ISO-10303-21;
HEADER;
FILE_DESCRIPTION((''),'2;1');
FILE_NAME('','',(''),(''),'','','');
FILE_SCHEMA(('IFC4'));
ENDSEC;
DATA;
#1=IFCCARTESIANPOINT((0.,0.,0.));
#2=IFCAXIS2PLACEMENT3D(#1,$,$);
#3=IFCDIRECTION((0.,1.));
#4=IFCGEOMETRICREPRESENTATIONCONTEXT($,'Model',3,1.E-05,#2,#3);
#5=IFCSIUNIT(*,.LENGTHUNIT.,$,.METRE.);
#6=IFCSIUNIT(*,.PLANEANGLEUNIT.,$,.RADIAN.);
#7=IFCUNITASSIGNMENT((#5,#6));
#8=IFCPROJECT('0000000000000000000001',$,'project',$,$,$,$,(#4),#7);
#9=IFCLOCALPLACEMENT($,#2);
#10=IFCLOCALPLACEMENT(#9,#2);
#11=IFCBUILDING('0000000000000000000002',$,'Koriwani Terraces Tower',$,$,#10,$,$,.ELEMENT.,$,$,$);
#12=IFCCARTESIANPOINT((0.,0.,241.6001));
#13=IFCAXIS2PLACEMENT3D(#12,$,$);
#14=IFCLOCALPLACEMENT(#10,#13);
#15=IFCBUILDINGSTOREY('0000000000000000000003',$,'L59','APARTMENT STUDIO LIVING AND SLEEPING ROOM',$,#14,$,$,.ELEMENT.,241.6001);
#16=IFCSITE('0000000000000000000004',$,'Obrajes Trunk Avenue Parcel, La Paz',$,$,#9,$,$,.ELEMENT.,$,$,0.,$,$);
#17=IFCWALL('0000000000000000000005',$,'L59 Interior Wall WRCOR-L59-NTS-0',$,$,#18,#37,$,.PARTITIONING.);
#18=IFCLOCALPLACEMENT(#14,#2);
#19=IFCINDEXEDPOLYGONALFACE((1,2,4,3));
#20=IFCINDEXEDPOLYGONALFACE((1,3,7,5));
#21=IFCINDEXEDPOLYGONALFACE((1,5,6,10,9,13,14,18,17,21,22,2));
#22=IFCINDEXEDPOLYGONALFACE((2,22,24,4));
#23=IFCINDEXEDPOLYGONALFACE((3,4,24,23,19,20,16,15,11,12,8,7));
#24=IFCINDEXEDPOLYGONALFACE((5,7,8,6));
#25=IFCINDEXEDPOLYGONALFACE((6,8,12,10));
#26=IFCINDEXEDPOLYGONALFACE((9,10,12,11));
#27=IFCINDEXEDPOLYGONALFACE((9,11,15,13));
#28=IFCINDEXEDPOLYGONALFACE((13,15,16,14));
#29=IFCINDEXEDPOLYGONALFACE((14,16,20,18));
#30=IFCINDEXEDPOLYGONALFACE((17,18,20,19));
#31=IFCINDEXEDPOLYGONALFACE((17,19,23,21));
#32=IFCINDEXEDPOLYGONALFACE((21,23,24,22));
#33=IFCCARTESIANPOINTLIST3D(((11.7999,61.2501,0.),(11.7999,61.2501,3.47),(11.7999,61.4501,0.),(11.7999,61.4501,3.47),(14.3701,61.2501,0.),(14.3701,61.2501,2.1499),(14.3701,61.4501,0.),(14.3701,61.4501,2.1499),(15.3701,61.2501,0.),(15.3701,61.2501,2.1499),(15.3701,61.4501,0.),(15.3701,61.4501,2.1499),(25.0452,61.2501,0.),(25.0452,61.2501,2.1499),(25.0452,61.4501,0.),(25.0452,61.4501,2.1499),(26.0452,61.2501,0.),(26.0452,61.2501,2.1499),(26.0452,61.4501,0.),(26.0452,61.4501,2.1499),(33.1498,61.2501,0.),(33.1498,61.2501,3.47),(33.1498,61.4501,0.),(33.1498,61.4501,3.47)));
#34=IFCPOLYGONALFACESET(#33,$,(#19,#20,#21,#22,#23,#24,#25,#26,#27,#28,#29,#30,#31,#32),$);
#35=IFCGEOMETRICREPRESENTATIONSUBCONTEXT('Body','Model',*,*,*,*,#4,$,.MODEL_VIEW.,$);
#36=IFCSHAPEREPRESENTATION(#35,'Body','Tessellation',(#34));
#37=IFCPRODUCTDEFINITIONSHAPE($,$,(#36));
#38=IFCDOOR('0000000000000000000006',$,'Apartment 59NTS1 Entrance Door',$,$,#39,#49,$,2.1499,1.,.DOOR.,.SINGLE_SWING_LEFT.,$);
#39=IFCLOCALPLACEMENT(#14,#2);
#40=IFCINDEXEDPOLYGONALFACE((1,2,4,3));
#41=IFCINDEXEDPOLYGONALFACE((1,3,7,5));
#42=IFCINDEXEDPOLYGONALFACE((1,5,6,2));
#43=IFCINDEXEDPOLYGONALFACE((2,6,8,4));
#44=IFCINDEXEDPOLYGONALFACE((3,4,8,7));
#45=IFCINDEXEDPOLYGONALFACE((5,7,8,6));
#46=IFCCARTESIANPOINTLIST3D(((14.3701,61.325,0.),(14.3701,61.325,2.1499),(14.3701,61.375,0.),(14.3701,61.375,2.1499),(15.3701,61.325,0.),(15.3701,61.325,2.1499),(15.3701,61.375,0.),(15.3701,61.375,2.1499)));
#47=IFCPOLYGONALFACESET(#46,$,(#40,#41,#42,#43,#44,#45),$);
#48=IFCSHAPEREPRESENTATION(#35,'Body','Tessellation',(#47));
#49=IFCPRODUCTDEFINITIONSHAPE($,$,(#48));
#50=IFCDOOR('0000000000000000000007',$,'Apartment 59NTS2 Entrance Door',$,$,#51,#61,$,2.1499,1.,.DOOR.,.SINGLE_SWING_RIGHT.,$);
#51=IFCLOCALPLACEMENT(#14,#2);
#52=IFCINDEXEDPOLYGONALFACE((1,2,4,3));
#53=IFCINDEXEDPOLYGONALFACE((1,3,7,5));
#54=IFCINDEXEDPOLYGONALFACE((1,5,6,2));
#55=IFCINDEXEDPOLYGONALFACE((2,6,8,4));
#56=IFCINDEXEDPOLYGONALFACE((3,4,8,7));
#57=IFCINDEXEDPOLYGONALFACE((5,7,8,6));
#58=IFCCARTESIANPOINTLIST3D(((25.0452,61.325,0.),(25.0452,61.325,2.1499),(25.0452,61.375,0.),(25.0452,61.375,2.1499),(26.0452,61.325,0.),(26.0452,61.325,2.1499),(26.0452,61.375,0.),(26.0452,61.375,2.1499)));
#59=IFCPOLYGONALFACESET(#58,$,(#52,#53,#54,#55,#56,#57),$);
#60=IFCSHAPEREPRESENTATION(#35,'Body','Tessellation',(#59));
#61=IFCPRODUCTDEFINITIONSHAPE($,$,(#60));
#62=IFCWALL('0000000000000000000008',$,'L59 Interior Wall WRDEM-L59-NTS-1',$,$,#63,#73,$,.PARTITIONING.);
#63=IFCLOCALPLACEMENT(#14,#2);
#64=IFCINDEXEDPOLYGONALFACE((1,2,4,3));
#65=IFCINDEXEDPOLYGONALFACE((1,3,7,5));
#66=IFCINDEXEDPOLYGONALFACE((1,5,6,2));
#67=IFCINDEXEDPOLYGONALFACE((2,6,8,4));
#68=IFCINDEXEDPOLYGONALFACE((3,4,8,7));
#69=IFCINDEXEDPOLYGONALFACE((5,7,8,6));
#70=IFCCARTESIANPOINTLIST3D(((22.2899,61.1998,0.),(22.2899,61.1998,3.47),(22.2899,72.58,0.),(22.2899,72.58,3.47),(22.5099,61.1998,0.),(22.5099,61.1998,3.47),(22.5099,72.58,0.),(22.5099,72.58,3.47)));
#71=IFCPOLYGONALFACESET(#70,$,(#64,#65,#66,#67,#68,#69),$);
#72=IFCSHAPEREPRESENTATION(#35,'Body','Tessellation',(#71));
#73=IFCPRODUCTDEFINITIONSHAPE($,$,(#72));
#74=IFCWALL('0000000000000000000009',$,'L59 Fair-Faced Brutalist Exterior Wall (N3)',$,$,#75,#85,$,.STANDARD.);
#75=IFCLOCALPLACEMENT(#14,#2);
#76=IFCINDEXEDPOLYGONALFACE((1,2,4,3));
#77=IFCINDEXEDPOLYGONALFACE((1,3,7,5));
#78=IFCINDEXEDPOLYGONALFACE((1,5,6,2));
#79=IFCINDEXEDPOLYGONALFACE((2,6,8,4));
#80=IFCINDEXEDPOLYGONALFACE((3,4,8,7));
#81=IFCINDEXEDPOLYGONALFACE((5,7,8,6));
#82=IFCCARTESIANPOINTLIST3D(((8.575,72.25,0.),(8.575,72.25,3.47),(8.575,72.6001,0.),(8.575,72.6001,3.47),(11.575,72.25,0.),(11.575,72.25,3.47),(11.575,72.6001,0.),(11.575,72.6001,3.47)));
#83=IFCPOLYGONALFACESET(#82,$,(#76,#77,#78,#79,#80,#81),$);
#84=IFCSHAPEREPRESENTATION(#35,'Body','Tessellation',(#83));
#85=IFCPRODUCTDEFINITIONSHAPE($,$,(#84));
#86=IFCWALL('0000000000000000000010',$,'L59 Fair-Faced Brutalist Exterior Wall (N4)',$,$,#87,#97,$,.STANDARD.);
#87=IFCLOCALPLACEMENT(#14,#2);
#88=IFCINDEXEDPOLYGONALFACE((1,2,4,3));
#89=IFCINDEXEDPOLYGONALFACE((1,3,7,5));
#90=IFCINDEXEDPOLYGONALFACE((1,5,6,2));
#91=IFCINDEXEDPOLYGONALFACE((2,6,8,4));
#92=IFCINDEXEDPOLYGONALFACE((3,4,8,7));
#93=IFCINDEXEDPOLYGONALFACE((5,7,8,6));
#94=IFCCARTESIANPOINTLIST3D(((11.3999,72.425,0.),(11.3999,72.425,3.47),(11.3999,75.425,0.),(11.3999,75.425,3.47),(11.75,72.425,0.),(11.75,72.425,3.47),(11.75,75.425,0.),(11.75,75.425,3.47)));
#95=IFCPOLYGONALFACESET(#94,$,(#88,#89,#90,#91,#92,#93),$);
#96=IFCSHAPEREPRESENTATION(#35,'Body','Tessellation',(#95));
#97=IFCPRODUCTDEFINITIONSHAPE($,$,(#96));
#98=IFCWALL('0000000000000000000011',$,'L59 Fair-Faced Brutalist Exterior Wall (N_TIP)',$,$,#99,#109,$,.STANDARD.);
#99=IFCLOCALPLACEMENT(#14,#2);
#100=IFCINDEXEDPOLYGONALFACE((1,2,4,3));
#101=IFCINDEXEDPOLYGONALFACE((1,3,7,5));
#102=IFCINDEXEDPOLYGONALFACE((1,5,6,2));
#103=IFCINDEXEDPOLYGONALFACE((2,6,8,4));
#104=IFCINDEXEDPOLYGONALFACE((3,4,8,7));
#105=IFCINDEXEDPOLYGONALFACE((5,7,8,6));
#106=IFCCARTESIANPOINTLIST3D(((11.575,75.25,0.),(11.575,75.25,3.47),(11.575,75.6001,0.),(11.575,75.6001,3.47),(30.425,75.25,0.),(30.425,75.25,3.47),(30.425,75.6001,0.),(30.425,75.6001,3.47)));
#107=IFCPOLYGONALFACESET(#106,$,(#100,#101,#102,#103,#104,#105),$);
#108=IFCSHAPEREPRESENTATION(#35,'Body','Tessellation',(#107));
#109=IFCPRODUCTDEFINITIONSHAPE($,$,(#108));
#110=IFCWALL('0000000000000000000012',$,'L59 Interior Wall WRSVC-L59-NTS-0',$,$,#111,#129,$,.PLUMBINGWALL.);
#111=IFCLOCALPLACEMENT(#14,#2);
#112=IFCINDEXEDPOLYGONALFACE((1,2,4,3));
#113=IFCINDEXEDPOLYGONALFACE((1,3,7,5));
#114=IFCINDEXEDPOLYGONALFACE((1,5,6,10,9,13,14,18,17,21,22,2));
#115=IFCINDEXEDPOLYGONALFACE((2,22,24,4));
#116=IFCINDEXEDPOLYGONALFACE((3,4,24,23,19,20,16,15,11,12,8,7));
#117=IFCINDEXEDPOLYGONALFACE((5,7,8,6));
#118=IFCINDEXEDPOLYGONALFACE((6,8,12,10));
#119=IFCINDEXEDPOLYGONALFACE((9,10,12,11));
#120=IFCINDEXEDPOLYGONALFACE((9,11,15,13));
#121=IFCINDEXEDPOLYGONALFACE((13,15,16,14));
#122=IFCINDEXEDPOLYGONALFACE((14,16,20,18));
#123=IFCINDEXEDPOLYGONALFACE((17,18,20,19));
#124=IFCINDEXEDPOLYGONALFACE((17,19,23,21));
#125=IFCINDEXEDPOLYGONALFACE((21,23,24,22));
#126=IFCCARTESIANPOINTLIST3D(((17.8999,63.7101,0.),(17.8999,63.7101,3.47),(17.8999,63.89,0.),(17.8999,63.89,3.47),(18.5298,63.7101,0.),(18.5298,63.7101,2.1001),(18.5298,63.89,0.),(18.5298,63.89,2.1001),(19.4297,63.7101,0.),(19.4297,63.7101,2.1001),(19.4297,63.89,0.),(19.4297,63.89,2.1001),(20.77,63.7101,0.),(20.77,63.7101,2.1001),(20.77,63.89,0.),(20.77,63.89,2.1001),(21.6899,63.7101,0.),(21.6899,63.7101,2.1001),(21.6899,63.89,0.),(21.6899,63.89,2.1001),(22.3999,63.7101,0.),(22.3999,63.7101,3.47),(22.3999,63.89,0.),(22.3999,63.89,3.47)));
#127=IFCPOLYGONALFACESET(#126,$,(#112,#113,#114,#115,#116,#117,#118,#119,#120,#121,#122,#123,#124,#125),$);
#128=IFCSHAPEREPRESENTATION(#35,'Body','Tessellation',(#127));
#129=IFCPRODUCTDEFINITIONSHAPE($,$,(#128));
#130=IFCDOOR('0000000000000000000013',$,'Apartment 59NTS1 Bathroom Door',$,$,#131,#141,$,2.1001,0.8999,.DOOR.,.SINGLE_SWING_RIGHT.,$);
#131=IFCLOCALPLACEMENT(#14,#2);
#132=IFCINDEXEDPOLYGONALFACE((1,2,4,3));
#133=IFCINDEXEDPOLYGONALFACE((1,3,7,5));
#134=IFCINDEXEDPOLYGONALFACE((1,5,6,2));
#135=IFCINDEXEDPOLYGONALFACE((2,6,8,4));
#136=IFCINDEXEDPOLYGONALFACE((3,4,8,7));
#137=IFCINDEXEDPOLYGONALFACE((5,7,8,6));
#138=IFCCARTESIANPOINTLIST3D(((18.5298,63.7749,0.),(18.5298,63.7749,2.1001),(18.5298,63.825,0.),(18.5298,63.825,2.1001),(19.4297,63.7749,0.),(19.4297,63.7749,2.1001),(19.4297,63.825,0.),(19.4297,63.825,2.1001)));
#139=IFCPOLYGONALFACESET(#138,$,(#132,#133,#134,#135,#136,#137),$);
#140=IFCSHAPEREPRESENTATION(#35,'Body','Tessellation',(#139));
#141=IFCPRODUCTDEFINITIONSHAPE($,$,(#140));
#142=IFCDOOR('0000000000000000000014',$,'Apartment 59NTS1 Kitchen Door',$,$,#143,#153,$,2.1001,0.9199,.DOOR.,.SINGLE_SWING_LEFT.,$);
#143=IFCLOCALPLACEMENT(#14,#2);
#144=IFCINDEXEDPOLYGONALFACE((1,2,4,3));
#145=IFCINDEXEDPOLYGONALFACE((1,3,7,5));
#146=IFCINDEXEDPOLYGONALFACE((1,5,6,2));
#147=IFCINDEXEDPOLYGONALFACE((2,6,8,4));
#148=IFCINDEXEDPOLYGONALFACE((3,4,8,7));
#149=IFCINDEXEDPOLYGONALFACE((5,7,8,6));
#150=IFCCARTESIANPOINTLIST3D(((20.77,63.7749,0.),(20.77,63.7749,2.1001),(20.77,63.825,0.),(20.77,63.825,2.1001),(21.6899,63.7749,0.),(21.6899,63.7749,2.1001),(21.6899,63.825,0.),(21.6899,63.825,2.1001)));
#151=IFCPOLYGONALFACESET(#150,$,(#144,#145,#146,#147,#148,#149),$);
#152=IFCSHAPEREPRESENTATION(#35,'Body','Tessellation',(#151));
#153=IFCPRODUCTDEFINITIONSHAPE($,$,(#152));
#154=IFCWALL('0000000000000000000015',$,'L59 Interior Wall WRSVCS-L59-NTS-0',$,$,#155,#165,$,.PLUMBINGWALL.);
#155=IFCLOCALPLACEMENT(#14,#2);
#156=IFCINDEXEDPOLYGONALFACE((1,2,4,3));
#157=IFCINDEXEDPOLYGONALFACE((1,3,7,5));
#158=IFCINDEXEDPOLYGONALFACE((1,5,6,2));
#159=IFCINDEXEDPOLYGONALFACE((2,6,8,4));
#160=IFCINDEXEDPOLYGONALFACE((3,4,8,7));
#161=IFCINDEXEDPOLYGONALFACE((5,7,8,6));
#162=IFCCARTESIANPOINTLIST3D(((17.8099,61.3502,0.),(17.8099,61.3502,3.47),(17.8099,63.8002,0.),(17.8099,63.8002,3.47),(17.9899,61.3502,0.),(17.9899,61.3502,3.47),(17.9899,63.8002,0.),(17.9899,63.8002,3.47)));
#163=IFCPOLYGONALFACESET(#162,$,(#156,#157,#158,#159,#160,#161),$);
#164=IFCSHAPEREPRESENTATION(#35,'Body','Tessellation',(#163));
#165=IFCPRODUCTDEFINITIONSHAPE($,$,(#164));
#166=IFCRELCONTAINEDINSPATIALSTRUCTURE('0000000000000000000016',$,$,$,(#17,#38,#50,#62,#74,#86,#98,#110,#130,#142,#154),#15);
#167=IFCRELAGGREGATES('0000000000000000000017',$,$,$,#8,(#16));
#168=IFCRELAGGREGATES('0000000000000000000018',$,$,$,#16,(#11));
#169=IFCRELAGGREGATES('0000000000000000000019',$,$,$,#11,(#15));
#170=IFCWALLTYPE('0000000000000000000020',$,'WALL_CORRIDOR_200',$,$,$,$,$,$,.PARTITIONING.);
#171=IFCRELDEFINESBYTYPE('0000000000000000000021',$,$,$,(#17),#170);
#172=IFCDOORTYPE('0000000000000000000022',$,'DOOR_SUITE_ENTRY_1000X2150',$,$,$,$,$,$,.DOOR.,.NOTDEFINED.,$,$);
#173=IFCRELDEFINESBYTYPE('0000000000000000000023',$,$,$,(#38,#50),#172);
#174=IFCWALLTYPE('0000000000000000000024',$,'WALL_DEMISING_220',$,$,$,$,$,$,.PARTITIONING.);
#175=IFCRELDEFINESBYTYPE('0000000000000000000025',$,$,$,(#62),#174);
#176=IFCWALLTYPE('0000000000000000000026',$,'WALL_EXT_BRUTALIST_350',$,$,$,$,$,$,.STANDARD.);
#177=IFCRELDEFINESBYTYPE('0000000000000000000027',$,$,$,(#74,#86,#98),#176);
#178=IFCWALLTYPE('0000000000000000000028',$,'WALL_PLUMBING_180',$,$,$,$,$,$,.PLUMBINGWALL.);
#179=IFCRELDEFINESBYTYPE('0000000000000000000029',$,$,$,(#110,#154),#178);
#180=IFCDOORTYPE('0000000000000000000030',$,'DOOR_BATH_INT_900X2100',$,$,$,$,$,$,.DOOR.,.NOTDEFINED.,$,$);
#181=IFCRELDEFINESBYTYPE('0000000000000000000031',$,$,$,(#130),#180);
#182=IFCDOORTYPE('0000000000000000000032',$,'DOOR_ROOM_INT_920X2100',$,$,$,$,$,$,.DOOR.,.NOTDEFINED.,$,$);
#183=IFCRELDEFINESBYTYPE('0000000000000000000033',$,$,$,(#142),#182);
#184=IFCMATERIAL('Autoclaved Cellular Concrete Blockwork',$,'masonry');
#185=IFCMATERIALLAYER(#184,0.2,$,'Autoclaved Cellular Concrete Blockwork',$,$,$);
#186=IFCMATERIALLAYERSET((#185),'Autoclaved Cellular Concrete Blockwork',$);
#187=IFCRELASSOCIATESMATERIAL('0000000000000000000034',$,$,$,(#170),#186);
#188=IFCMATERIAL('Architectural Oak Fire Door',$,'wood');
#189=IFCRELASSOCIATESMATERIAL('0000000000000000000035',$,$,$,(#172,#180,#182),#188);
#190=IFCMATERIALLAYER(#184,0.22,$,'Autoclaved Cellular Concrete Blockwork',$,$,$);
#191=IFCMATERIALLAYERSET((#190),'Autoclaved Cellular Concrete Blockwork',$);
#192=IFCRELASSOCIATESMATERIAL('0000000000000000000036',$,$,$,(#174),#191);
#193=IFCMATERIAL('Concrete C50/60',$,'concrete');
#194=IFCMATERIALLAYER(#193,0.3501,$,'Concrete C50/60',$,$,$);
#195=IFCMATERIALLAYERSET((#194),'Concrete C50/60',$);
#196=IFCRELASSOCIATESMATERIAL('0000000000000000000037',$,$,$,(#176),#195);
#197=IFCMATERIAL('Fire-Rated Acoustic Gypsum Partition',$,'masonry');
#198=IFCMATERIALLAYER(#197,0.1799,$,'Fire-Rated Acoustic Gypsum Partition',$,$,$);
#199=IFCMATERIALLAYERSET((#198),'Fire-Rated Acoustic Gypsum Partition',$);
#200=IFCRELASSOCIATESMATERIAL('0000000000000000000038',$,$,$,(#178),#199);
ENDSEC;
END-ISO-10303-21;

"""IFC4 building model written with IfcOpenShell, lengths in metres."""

from ifc_helpers import new_model, si_unit, direction, frame, frame_2d, origin, place, context, subcontext, project, spatial, rectangle, extrude, material, layer, layer_set, type_object, element, fill, save


model = new_model("IFC4")

# Units and contexts
model_context = context("Model", 3, precision=1e-05, world=origin(), true_north=direction((0.0, 1.0)))
body_context = subcontext(model_context, "Body", "Model", "MODEL_VIEW")
ifc_project = project(units=[si_unit("LENGTHUNIT", "METRE"), si_unit("PLANEANGLEUNIT", "RADIAN")], contexts=[model_context])

# Site, building, storey
site_placement = place(None, origin())
site = spatial("IfcSite", under=ifc_project, at=site_placement, Name="Obrajes Trunk Avenue Parcel, La Paz", CompositionType="ELEMENT", RefElevation=0.0)
building_placement = place(site_placement, origin())
building = spatial("IfcBuilding", under=site, at=building_placement, Name="Koriwani Terraces Tower", CompositionType="ELEMENT")
storey_placement = place(building_placement, frame((0.0, 0.0, 241.6001)))
storey = spatial("IfcBuildingStorey", under=building, at=storey_placement, Name="L59", Description="APARTMENT STUDIO LIVING AND SLEEPING ROOM", CompositionType="ELEMENT", Elevation=241.6001)

# Shared definitions
ifc_material_1 = material(Name="Concrete C50/60", Category="concrete")

# Wall, openings, doors
ifc_material_2 = material(Name="Autoclaved Cellular Concrete Blockwork", Category="masonry")
ifc_layer_1 = layer(ifc_material_2, 0.2, Name="Autoclaved Cellular Concrete Blockwork")
ifc_layer_set_1 = layer_set([ifc_layer_1], Name="Autoclaved Cellular Concrete Blockwork")
wall_type_1 = type_object("IfcWallType", Name="WALL_CORRIDOR_200", PredefinedType="PARTITIONING", material=ifc_layer_set_1)
wall_1_placement = place(storey_placement, frame((11.8, 61.3501, 0.0), z_axis=(0.0, 0.0, 1.0), x_axis=(1.0, 0.0, 0.0)))
wall_1 = element("IfcWall", 1, at=wall_1_placement, inside=storey, type_object=wall_type_1, Name="L59 Interior Wall WRCOR-L59-NTS-0", PredefinedType="PARTITIONING", context=body_context, shape_type="SweptSolid", body=[
    extrude(rectangle(XDim=21.3499, YDim=0.2, at=frame_2d((10.6748, 0.0))), origin(), (0.0, 0.0, 1.0), 3.47),
])
opening_1_placement = place(wall_1_placement, frame((2.5701, 0.0, 0.0)))
opening_1 = element("IfcOpeningElement", 2, at=opening_1_placement, cuts=wall_1, PredefinedType="OPENING", context=body_context, shape_type="SweptSolid", body=[
    extrude(rectangle(XDim=1.0, YDim=2.1499, at=frame_2d((0.5, 1.075))), frame((0.0, 0.1099, 0.0), z_axis=(0.0, -1.0, 0.0), x_axis=(1.0, 0.0, 0.0)), (0.0, 0.0, 1.0), 0.22),
])
opening_2_placement = place(wall_1_placement, frame((13.2451, 0.0, 0.0)))
opening_2 = element("IfcOpeningElement", 3, at=opening_2_placement, cuts=wall_1, PredefinedType="OPENING", context=body_context, shape_type="SweptSolid", body=[
    extrude(rectangle(XDim=1.0, YDim=2.1499, at=frame_2d((0.5, 1.075))), frame((0.0, 0.1099, 0.0), z_axis=(0.0, -1.0, 0.0), x_axis=(1.0, 0.0, 0.0)), (0.0, 0.0, 1.0), 0.22),
])
ifc_material_3 = material(Name="Architectural Oak Fire Door", Category="wood")
door_type_1 = type_object("IfcDoorType", Name="DOOR_SUITE_ENTRY_1000X2150", OperationType="NOTDEFINED", PredefinedType="DOOR", material=ifc_material_3)
door_1_placement = place(opening_1_placement, origin())
door_1 = element("IfcDoor", 4, at=door_1_placement, inside=storey, type_object=door_type_1, Name="Apartment 59NTS1 Entrance Door", OperationType="SINGLE_SWING_LEFT", OverallHeight=2.1499, OverallWidth=1.0, PredefinedType="DOOR", context=body_context, shape_type="SweptSolid", body=[
    extrude(rectangle(XDim=1.0, YDim=2.1499, at=frame_2d((0.5, 1.075))), frame((0.0, 0.0249, 0.0), z_axis=(0.0, -1.0, 0.0), x_axis=(1.0, 0.0, 0.0)), (0.0, 0.0, 1.0), 0.05),
])
fill(opening_1, door_1)
door_2_placement = place(opening_2_placement, origin())
door_2 = element("IfcDoor", 5, at=door_2_placement, inside=storey, type_object=door_type_1, Name="Apartment 59NTS2 Entrance Door", OperationType="SINGLE_SWING_RIGHT", OverallHeight=2.1499, OverallWidth=1.0, PredefinedType="DOOR", context=body_context, shape_type="SweptSolid", body=[
    extrude(rectangle(XDim=1.0, YDim=2.1499, at=frame_2d((0.5, 1.075))), frame((0.0, 0.0249, 0.0), z_axis=(0.0, -1.0, 0.0), x_axis=(1.0, 0.0, 0.0)), (0.0, 0.0, 1.0), 0.05),
])
fill(opening_2, door_2)

# Walls
ifc_layer_2 = layer(ifc_material_2, 0.22, Name="Autoclaved Cellular Concrete Blockwork")
ifc_layer_set_2 = layer_set([ifc_layer_2], Name="Autoclaved Cellular Concrete Blockwork")
wall_type_2 = type_object("IfcWallType", Name="WALL_DEMISING_220", PredefinedType="PARTITIONING", material=ifc_layer_set_2)
wall_2_placement = place(storey_placement, frame((22.3999, 61.2, 0.0), z_axis=(0.0, 0.0, 1.0), x_axis=(0.0, 1.0, 0.0)))
element("IfcWall", 6, at=wall_2_placement, inside=storey, type_object=wall_type_2, Name="L59 Interior Wall WRDEM-L59-NTS-1", PredefinedType="PARTITIONING", context=body_context, shape_type="SweptSolid", body=[
    extrude(rectangle(XDim=11.3801, YDim=0.22, at=frame_2d((5.6899, 0.0))), origin(), (0.0, 0.0, 1.0), 3.47),
])
ifc_layer_3 = layer(ifc_material_1, 0.3501, Name="Concrete C50/60")
ifc_layer_set_3 = layer_set([ifc_layer_3], Name="Concrete C50/60")
wall_type_3 = type_object("IfcWallType", Name="WALL_EXT_BRUTALIST_350", PredefinedType="STANDARD", material=ifc_layer_set_3)
for number, where, z_axis, x_axis, name in (
    (7, (8.575, 72.425, 0.0), (0.0, 0.0, 1.0), (1.0, 0.0, 0.0), "L59 Fair-Faced Brutalist Exterior Wall (N3)"),
    (8, (11.575, 72.425, 0.0), (0.0, 0.0, 1.0), (0.0, 1.0, 0.0), "L59 Fair-Faced Brutalist Exterior Wall (N4)"),
):
    element("IfcWall", number, at=place(storey_placement, frame(where, z_axis=z_axis, x_axis=x_axis)), inside=storey, type_object=wall_type_3, Name=name, PredefinedType="STANDARD", context=body_context, shape_type="SweptSolid", body=[
        extrude(rectangle(XDim=3.0, YDim=0.3501, at=frame_2d((1.5, 0.0))), origin(), (0.0, 0.0, 1.0), 3.47),
    ])
wall_3_placement = place(storey_placement, frame((11.575, 75.425, 0.0), z_axis=(0.0, 0.0, 1.0), x_axis=(1.0, 0.0, 0.0)))
element("IfcWall", 9, at=wall_3_placement, inside=storey, type_object=wall_type_3, Name="L59 Fair-Faced Brutalist Exterior Wall (N_TIP)", PredefinedType="STANDARD", context=body_context, shape_type="SweptSolid", body=[
    extrude(rectangle(XDim=18.8501, YDim=0.3501, at=frame_2d((9.425, 0.0))), origin(), (0.0, 0.0, 1.0), 3.47),
])

# Wall, openings, doors
ifc_material_4 = material(Name="Fire-Rated Acoustic Gypsum Partition", Category="masonry")
ifc_layer_4 = layer(ifc_material_4, 0.1799, Name="Fire-Rated Acoustic Gypsum Partition")
ifc_layer_set_4 = layer_set([ifc_layer_4], Name="Fire-Rated Acoustic Gypsum Partition")
wall_type_4 = type_object("IfcWallType", Name="WALL_PLUMBING_180", PredefinedType="PLUMBINGWALL", material=ifc_layer_set_4)
wall_4_placement = place(storey_placement, frame((17.8999, 63.8, 0.0), z_axis=(0.0, 0.0, 1.0), x_axis=(1.0, 0.0, 0.0)))
wall_4 = element("IfcWall", 10, at=wall_4_placement, inside=storey, type_object=wall_type_4, Name="L59 Interior Wall WRSVC-L59-NTS-0", PredefinedType="PLUMBINGWALL", context=body_context, shape_type="SweptSolid", body=[
    extrude(rectangle(XDim=4.5, YDim=0.1799, at=frame_2d((2.25, 0.0))), origin(), (0.0, 0.0, 1.0), 3.47),
])
opening_3_placement = place(wall_4_placement, frame((0.6299, 0.0, 0.0)))
opening_3 = element("IfcOpeningElement", 11, at=opening_3_placement, cuts=wall_4, PredefinedType="OPENING", context=body_context, shape_type="SweptSolid", body=[
    extrude(rectangle(XDim=0.8999, YDim=2.1001, at=frame_2d((0.45, 1.05))), frame((0.0, 0.1001, 0.0), z_axis=(0.0, -1.0, 0.0), x_axis=(1.0, 0.0, 0.0)), (0.0, 0.0, 1.0), 0.2),
])
opening_4_placement = place(wall_4_placement, frame((2.8701, 0.0, 0.0)))
opening_4 = element("IfcOpeningElement", 12, at=opening_4_placement, cuts=wall_4, PredefinedType="OPENING", context=body_context, shape_type="SweptSolid", body=[
    extrude(rectangle(XDim=0.9199, YDim=2.1001, at=frame_2d((0.46, 1.05))), frame((0.0, 0.1001, 0.0), z_axis=(0.0, -1.0, 0.0), x_axis=(1.0, 0.0, 0.0)), (0.0, 0.0, 1.0), 0.2),
])
door_type_2 = type_object("IfcDoorType", Name="DOOR_BATH_INT_900X2100", OperationType="NOTDEFINED", PredefinedType="DOOR", material=ifc_material_3)
door_3_placement = place(opening_3_placement, origin())
door_3 = element("IfcDoor", 13, at=door_3_placement, inside=storey, type_object=door_type_2, Name="Apartment 59NTS1 Bathroom Door", OperationType="SINGLE_SWING_RIGHT", OverallHeight=2.1001, OverallWidth=0.8999, PredefinedType="DOOR", context=body_context, shape_type="SweptSolid", body=[
    extrude(rectangle(XDim=0.8999, YDim=2.1001, at=frame_2d((0.45, 1.05))), frame((0.0, 0.0249, 0.0), z_axis=(0.0, -1.0, 0.0), x_axis=(1.0, 0.0, 0.0)), (0.0, 0.0, 1.0), 0.05),
])
fill(opening_3, door_3)
door_type_3 = type_object("IfcDoorType", Name="DOOR_ROOM_INT_920X2100", OperationType="NOTDEFINED", PredefinedType="DOOR", material=ifc_material_3)
door_4_placement = place(opening_4_placement, origin())
door_4 = element("IfcDoor", 14, at=door_4_placement, inside=storey, type_object=door_type_3, Name="Apartment 59NTS1 Kitchen Door", OperationType="SINGLE_SWING_LEFT", OverallHeight=2.1001, OverallWidth=0.9199, PredefinedType="DOOR", context=body_context, shape_type="SweptSolid", body=[
    extrude(rectangle(XDim=0.9199, YDim=2.1001, at=frame_2d((0.46, 1.05))), frame((0.0, 0.0249, 0.0), z_axis=(0.0, -1.0, 0.0), x_axis=(1.0, 0.0, 0.0)), (0.0, 0.0, 1.0), 0.05),
])
fill(opening_4, door_4)

# Wall
for number, where, z_axis, x_axis, name in (
    (15, (17.8999, 61.3501, 0.0), (0.0, 0.0, 1.0), (0.0, 1.0, 0.0), "L59 Interior Wall WRSVCS-L59-NTS-0"),
):
    element("IfcWall", number, at=place(storey_placement, frame(where, z_axis=z_axis, x_axis=x_axis)), inside=storey, type_object=wall_type_4, Name=name, PredefinedType="PLUMBINGWALL", context=body_context, shape_type="SweptSolid", body=[
        extrude(rectangle(XDim=2.45, YDim=0.1799, at=frame_2d((1.2251, 0.0))), origin(), (0.0, 0.0, 1.0), 3.47),
    ])

save(model, "model.ifc")
